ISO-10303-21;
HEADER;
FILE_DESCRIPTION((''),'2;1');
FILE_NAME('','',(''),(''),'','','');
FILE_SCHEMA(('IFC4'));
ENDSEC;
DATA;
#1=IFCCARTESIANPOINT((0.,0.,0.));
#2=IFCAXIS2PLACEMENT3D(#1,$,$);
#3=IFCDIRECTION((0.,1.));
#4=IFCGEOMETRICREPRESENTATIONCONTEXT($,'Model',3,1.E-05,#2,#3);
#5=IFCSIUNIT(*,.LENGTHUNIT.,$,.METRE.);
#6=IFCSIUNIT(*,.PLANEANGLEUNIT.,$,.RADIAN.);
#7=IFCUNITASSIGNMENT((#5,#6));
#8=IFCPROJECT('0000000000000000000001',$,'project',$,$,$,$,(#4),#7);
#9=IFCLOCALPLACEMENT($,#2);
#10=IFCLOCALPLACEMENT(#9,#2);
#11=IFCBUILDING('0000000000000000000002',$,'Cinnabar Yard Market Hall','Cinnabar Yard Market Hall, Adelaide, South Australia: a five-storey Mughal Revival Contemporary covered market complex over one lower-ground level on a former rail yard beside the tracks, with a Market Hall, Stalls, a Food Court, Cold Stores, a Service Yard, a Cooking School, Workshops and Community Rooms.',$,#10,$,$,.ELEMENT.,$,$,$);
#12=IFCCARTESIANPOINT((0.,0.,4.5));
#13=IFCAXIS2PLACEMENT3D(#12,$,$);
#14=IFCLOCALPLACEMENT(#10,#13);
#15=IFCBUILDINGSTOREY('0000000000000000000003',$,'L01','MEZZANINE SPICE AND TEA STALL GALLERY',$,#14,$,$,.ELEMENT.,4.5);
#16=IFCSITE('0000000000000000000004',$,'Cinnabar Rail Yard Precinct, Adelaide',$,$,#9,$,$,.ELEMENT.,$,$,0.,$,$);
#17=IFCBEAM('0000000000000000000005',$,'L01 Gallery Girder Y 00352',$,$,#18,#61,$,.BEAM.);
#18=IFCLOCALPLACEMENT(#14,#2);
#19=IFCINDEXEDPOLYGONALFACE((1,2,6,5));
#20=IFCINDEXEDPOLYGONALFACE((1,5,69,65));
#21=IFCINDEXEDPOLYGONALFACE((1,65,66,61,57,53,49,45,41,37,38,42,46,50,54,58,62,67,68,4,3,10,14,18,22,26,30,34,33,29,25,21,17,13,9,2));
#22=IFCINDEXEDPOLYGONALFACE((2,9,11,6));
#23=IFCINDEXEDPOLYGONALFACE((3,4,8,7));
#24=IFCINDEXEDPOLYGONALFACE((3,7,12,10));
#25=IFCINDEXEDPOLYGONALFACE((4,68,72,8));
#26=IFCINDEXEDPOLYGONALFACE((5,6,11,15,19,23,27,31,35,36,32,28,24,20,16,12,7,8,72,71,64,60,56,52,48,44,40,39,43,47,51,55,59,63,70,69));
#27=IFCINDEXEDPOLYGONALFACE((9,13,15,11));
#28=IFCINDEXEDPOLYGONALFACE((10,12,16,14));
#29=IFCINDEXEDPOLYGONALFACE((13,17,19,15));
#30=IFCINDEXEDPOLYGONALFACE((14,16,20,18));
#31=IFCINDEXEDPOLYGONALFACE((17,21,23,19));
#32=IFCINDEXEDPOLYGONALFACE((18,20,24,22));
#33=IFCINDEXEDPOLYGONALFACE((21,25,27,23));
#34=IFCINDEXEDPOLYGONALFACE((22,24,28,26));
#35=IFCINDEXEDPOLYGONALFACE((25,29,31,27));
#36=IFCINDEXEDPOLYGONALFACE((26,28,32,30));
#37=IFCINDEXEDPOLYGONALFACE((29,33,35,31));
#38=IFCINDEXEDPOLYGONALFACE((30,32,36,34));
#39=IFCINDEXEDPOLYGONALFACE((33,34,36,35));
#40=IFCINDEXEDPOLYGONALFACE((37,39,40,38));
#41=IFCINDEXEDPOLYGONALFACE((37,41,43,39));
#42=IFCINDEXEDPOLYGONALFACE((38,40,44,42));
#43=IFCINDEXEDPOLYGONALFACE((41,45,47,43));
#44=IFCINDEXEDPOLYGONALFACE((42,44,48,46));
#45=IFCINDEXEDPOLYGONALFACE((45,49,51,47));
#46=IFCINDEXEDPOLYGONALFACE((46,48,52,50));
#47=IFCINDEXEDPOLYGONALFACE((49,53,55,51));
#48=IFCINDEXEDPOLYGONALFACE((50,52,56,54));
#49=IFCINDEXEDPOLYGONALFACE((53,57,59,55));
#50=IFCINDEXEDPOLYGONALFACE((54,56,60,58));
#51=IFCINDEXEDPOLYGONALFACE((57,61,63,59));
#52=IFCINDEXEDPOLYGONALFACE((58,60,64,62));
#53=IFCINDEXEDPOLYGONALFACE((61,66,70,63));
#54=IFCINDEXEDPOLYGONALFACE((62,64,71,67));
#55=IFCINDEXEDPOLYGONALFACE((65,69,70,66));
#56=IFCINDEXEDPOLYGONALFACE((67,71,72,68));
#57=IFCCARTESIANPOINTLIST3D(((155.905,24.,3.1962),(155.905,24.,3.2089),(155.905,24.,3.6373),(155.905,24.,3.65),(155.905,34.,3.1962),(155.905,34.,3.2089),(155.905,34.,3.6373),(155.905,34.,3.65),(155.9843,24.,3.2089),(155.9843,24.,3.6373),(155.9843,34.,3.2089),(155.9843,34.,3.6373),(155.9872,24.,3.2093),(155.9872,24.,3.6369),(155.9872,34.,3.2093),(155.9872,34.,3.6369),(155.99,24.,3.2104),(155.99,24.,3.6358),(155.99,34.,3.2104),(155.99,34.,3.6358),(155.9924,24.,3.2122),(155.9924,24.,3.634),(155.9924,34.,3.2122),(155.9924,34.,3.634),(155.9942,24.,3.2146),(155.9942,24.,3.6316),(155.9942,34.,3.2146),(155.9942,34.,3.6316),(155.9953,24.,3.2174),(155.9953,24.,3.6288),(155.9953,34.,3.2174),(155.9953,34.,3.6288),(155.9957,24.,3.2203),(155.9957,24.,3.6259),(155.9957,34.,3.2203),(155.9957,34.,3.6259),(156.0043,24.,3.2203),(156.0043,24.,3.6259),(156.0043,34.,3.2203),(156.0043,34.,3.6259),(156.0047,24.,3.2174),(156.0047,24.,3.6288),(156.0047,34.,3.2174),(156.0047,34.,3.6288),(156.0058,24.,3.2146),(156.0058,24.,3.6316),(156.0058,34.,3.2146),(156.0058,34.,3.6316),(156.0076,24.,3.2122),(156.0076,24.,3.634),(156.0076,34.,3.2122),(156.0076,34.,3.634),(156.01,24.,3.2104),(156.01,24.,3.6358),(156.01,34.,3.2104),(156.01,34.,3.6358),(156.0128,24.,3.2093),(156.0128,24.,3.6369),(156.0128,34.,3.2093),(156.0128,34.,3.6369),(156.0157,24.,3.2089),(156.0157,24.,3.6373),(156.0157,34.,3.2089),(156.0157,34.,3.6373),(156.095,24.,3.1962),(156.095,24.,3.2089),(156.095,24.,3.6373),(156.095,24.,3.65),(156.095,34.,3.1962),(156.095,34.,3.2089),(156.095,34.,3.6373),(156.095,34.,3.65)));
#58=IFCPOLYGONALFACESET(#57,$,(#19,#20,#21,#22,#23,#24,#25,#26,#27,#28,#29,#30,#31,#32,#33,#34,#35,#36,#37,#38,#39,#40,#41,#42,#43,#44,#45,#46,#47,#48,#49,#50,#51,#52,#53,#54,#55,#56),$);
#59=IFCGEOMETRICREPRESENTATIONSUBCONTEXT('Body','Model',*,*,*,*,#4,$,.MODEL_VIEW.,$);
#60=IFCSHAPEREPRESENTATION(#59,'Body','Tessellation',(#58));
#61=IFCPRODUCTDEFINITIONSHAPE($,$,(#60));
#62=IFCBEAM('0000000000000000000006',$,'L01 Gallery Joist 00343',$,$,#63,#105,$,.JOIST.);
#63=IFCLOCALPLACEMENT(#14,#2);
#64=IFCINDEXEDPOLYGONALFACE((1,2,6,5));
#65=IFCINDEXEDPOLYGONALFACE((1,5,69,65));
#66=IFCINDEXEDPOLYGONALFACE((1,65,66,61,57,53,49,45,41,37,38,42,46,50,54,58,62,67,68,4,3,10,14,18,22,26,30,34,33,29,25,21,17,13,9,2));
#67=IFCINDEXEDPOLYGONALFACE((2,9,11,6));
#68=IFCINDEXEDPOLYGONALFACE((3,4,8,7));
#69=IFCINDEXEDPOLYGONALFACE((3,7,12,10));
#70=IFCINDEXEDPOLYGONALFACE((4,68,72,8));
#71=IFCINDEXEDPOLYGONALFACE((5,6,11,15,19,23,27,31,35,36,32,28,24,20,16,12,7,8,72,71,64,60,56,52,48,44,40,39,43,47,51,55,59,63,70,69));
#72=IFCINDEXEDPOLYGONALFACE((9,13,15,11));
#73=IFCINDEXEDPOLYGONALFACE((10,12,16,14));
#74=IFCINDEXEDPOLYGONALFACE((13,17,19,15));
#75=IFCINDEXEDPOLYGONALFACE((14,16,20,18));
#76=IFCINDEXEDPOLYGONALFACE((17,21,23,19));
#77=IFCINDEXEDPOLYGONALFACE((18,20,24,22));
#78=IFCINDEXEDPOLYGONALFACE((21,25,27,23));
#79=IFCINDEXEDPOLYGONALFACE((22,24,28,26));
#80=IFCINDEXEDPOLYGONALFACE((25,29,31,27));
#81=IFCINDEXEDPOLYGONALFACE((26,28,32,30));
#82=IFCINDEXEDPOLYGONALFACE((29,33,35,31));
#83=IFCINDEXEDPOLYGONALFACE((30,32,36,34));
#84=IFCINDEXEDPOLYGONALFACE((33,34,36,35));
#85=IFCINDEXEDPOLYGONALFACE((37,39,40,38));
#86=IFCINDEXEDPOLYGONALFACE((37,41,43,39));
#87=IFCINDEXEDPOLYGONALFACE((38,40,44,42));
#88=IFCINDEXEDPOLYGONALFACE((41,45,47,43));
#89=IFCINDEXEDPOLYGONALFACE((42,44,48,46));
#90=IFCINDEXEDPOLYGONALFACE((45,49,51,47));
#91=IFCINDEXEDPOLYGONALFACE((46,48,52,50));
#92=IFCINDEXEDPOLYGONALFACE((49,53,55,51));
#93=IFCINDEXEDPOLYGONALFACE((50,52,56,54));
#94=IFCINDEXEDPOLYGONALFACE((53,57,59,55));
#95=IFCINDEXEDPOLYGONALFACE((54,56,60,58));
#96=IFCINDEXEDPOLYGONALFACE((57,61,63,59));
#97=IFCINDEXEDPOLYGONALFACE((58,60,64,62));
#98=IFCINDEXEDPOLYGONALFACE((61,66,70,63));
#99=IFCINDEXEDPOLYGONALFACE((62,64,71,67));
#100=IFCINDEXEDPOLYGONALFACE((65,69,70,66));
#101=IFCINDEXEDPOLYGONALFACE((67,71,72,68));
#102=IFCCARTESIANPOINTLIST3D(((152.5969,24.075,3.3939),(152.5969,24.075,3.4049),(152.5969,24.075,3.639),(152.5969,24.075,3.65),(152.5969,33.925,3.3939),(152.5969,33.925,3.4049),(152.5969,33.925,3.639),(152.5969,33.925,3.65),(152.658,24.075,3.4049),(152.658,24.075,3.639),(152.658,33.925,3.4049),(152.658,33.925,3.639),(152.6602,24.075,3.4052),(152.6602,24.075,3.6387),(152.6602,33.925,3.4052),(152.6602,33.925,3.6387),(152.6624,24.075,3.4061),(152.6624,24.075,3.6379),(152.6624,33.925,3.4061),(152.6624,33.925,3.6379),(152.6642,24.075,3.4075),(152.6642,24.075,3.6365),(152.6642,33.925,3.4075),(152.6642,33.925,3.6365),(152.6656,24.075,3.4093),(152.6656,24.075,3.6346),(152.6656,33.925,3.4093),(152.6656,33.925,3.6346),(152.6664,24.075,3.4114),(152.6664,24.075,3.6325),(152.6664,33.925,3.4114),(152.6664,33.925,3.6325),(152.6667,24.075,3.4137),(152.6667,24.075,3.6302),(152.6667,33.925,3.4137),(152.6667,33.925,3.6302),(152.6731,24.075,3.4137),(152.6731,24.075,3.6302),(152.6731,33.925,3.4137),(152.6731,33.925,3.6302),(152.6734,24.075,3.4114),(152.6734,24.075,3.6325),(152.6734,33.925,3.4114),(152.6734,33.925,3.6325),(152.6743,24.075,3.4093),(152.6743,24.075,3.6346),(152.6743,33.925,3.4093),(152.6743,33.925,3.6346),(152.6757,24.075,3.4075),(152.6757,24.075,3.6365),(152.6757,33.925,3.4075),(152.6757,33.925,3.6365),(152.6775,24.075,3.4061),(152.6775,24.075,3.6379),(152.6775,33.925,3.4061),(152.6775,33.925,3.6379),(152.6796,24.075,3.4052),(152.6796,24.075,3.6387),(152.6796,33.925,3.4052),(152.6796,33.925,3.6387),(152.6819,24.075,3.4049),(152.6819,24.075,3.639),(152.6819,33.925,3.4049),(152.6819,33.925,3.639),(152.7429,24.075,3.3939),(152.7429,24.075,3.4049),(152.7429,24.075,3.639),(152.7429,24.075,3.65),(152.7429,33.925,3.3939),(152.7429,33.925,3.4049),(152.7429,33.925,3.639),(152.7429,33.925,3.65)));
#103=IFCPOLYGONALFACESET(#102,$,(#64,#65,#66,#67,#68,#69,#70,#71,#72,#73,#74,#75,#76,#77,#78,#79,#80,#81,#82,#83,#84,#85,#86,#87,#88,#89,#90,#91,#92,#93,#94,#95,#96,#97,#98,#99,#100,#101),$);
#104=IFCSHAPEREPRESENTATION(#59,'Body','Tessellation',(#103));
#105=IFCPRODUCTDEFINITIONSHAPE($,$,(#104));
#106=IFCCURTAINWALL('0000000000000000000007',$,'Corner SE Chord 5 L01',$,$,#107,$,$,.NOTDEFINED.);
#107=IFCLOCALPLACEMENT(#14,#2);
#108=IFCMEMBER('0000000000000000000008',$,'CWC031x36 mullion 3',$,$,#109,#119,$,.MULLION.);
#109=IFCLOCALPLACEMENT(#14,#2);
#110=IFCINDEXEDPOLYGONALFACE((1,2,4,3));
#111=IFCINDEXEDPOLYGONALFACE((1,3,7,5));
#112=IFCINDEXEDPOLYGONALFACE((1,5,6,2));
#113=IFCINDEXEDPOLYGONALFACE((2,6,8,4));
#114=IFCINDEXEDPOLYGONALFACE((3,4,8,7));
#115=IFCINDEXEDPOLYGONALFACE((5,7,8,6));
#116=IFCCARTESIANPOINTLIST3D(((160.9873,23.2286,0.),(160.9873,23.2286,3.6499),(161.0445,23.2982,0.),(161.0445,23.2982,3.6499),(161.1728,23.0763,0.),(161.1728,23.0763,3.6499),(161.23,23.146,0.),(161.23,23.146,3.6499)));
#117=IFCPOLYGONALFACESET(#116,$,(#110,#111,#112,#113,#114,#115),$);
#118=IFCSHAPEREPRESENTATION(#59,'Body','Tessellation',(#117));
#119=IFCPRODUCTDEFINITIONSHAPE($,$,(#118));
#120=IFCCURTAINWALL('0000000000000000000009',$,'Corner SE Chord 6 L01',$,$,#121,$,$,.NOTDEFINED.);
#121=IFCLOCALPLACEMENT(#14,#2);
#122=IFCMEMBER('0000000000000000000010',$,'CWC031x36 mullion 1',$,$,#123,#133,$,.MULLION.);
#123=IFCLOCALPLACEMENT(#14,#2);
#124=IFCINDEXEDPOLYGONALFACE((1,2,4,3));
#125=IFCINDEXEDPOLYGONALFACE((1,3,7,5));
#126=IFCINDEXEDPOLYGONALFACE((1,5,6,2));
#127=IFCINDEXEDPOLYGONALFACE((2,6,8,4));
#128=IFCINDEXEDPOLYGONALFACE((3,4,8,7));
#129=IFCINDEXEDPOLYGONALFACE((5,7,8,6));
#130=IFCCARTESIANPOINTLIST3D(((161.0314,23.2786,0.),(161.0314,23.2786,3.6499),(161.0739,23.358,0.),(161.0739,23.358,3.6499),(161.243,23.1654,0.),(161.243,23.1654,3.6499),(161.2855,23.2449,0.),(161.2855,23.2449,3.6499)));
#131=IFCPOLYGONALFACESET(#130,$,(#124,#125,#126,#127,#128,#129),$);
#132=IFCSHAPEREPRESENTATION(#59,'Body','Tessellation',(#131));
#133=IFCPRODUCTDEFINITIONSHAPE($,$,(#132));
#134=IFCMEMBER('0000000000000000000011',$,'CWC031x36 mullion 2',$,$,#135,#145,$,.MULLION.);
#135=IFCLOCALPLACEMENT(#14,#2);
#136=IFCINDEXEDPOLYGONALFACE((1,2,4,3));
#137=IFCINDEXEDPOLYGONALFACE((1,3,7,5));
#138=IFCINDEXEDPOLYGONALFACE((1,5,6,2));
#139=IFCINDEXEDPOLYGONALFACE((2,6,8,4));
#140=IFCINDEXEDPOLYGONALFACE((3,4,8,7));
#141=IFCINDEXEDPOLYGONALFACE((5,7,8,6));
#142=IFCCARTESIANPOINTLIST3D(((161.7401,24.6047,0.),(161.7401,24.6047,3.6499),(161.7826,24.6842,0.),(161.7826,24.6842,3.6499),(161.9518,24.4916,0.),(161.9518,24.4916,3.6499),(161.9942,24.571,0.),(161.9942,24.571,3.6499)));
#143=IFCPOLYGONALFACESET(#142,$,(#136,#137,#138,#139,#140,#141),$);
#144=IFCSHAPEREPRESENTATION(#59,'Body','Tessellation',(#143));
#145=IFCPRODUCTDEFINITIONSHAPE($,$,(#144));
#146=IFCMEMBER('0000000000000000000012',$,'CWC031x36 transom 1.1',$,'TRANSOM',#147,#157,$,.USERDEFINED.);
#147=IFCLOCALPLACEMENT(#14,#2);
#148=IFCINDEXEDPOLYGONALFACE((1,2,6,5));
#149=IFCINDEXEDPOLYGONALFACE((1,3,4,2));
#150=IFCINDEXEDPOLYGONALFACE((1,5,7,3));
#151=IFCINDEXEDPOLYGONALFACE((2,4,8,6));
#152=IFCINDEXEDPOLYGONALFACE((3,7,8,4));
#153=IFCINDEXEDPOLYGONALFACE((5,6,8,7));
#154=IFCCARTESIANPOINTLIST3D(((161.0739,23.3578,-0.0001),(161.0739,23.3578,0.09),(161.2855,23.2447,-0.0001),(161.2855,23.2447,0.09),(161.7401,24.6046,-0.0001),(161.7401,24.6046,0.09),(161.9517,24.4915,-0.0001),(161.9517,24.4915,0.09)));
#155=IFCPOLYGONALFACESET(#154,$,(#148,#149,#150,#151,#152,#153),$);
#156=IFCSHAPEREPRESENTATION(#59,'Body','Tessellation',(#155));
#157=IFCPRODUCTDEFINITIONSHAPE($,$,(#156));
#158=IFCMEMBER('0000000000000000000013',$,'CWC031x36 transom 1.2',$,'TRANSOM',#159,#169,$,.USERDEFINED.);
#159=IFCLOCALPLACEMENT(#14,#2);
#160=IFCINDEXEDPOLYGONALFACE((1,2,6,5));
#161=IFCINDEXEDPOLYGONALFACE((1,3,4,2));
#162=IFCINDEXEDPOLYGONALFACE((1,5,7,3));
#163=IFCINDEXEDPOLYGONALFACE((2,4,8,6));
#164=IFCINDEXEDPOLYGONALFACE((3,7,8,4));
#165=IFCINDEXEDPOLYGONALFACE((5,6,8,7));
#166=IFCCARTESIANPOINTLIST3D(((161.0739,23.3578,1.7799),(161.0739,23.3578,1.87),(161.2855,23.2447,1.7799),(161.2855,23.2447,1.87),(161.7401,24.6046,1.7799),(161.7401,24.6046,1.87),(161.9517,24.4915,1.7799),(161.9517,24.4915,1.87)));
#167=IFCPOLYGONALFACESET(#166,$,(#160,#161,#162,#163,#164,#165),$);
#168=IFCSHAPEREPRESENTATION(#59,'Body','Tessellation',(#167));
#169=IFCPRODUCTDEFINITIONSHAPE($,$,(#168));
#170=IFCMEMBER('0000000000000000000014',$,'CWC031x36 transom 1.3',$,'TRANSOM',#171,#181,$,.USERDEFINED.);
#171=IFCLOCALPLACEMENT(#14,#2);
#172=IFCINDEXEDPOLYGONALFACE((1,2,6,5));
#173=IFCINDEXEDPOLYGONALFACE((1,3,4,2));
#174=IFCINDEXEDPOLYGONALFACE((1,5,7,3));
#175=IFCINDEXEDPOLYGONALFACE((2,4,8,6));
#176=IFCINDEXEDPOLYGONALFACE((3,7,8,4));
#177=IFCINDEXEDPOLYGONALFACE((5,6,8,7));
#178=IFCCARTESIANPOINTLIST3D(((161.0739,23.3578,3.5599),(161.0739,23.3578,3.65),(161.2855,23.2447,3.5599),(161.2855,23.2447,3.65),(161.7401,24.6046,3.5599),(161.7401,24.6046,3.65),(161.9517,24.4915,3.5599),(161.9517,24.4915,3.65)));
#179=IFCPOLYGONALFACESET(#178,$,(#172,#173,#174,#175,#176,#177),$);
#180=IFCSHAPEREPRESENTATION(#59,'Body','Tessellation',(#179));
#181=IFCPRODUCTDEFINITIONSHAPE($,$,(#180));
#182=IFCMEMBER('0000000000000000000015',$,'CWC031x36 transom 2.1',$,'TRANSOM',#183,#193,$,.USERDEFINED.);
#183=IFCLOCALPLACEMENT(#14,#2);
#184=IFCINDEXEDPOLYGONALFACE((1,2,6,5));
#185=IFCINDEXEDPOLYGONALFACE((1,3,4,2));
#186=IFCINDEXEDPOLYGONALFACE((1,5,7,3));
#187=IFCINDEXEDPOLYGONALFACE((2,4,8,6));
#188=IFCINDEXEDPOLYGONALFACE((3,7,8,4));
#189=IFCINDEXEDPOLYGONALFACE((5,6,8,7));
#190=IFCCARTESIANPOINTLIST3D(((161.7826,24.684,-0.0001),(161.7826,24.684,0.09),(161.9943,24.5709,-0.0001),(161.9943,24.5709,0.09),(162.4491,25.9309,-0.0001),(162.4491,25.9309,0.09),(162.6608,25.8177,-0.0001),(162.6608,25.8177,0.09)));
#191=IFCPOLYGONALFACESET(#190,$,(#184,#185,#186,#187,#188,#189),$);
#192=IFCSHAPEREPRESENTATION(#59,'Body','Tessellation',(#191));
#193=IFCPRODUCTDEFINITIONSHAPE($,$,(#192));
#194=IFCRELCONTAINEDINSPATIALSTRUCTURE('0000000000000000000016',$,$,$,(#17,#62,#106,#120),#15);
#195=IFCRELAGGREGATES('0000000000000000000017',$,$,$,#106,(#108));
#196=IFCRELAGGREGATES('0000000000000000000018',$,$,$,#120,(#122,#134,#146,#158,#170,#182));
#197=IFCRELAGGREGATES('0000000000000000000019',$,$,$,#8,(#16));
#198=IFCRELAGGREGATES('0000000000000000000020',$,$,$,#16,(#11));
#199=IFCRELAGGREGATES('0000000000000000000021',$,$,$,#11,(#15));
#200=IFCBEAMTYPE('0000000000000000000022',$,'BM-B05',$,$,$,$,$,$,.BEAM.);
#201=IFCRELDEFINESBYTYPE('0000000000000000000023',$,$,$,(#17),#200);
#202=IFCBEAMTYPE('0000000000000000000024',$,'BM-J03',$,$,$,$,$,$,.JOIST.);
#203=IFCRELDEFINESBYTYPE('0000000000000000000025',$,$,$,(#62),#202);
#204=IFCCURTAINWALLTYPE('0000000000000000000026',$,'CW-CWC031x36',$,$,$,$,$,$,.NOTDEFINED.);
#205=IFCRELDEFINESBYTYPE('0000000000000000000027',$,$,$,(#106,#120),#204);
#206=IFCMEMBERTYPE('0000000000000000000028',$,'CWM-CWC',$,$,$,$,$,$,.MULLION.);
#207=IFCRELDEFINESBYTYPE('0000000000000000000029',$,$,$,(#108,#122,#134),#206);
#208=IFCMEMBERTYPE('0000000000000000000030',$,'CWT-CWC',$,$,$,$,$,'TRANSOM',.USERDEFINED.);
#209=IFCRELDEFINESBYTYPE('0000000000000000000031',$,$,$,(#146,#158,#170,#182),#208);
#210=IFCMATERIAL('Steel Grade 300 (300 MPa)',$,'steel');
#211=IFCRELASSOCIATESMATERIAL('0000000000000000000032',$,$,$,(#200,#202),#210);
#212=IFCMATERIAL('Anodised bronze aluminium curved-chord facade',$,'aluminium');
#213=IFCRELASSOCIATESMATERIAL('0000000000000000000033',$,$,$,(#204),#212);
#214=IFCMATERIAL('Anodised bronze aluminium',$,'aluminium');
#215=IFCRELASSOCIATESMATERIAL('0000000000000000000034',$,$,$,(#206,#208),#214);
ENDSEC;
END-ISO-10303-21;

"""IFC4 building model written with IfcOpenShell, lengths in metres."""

from ifc_helpers import new_model, si_unit, direction, frame, origin, origin_2d_with_axis, place, context, subcontext, project, spatial, rectangle, i_section, extrude, material, material_profile, profile_set, type_object, element, aggregate, save


model = new_model("IFC4")

# Units and contexts
model_context = context("Model", 3, precision=1e-05, world=origin(), true_north=direction((0.0, 1.0)))
body_context = subcontext(model_context, "Body", "Model", "MODEL_VIEW")
ifc_project = project(units=[si_unit("LENGTHUNIT", "METRE"), si_unit("PLANEANGLEUNIT", "RADIAN")], contexts=[model_context])

# Site, building, storey
site_placement = place(None, origin())
site = spatial("IfcSite", under=ifc_project, at=site_placement, Name="Cinnabar Rail Yard Precinct, Adelaide", CompositionType="ELEMENT", RefElevation=0.0)
building_placement = place(site_placement, origin())
building = spatial("IfcBuilding", under=site, at=building_placement, Name="Cinnabar Yard Market Hall", Description="Cinnabar Yard Market Hall, Adelaide, South Australia: a five-storey Mughal Revival Contemporary covered market complex over one lower-ground level on a former rail yard beside the tracks, with a Market Hall, Stalls, a Food Court, Cold Stores, a Service Yard, a Cooking School, Workshops and Community Rooms.", CompositionType="ELEMENT")
storey_placement = place(building_placement, frame((0.0, 0.0, 4.5)))
storey = spatial("IfcBuildingStorey", under=building, at=storey_placement, Name="L01", Description="MEZZANINE SPICE AND TEA STALL GALLERY", CompositionType="ELEMENT", Elevation=4.5)

# Beams
ifc_material_1 = material(Name="Steel Grade 300 (300 MPa)", Category="steel")
ifc_material_profile_1 = material_profile(ifc_material_1, i_section(OverallWidth=0.1899, OverallDepth=0.4539, WebThickness=0.0085, FlangeThickness=0.0127, FilletRadius=0.0115, at=origin_2d_with_axis()), Name="460UB67.1")
ifc_profile_set_1 = profile_set([ifc_material_profile_1], Name="Steel Grade 300 (300 MPa)")
beam_type_1 = type_object("IfcBeamType", Name="BM-B05", PredefinedType="BEAM", material=ifc_profile_set_1)
beam_1_placement = place(storey_placement, frame((156.0, 24.0, 3.4231), z_axis=(0.0, 1.0, 0.0), x_axis=(-1.0, 0.0, 0.0)))
element("IfcBeam", 1, at=beam_1_placement, inside=storey, type_object=beam_type_1, Name="L01 Gallery Girder Y 00352", PredefinedType="BEAM", context=body_context, shape_type="SweptSolid", body=[
    extrude(i_section(OverallWidth=0.1899, OverallDepth=0.4539, WebThickness=0.0085, FlangeThickness=0.0127, FilletRadius=0.0115, at=origin_2d_with_axis()), origin(), (0.0, 0.0, 1.0), 10.0),
])
ifc_material_profile_2 = material_profile(ifc_material_1, i_section(OverallWidth=0.146, OverallDepth=0.2561, WebThickness=0.0063, FlangeThickness=0.011, FilletRadius=0.0088, at=origin_2d_with_axis()), Name="250UB37.3")
ifc_profile_set_2 = profile_set([ifc_material_profile_2], Name="Steel Grade 300 (300 MPa)")
beam_type_2 = type_object("IfcBeamType", Name="BM-J03", PredefinedType="JOIST", material=ifc_profile_set_2)
beam_2_placement = place(storey_placement, frame((152.6699, 24.075, 3.522), z_axis=(0.0, 1.0, 0.0), x_axis=(-1.0, 0.0, 0.0)))
element("IfcBeam", 2, at=beam_2_placement, inside=storey, type_object=beam_type_2, Name="L01 Gallery Joist 00343", PredefinedType="JOIST", context=body_context, shape_type="SweptSolid", body=[
    extrude(i_section(OverallWidth=0.146, OverallDepth=0.2561, WebThickness=0.0063, FlangeThickness=0.011, FilletRadius=0.0088, at=origin_2d_with_axis()), origin(), (0.0, 0.0, 1.0), 9.8501),
])

# Curtain wall, member
ifc_material_2 = material(Name="Anodised bronze aluminium curved-chord facade", Category="aluminium")
curtain_wall_type = type_object("IfcCurtainWallType", Name="CW-CWC031x36", PredefinedType="NOTDEFINED", material=ifc_material_2)
curtain_wall_1_placement = place(storey_placement, origin())
curtain_wall_1 = element("IfcCurtainWall", 3, at=curtain_wall_1_placement, inside=storey, type_object=curtain_wall_type, Name="Corner SE Chord 5 L01", PredefinedType="NOTDEFINED")
ifc_material_3 = material(Name="Anodised bronze aluminium", Category="aluminium")
ifc_material_profile_3 = material_profile(ifc_material_3, rectangle(XDim=0.24, YDim=0.0901, at=origin_2d_with_axis()), Name="MUL-CWC")
ifc_profile_set_3 = profile_set([ifc_material_profile_3], Name="Anodised bronze aluminium")
member_type_1 = type_object("IfcMemberType", Name="CWM-CWC", PredefinedType="MULLION", material=ifc_profile_set_3)
member_1_placement = place(storey_placement, frame((161.1086, 23.1873, 0.0), z_axis=(0.0, 0.0, 1.0), x_axis=(-0.773019, 0.634383, 0.0)))
member_1 = element("IfcMember", 4, at=member_1_placement, type_object=member_type_1, Name="CWC031x36 mullion 3", PredefinedType="MULLION", context=body_context, shape_type="SweptSolid", body=[
    extrude(rectangle(XDim=0.24, YDim=0.0901, at=origin_2d_with_axis()), origin(), (0.0, 0.0, 1.0), 3.6499),
])

# Curtain wall, members
curtain_wall_2_placement = place(storey_placement, origin())
curtain_wall_2 = element("IfcCurtainWall", 5, at=curtain_wall_2_placement, inside=storey, type_object=curtain_wall_type, Name="Corner SE Chord 6 L01", PredefinedType="NOTDEFINED")
member_2_placement = place(storey_placement, frame((161.1584, 23.2617, 0.0), z_axis=(0.0, 0.0, 1.0), x_axis=(-0.881917, 0.471404, 0.0)))
member_2 = element("IfcMember", 6, at=member_2_placement, type_object=member_type_1, Name="CWC031x36 mullion 1", PredefinedType="MULLION", context=body_context, shape_type="SweptSolid", body=[
    extrude(rectangle(XDim=0.24, YDim=0.0901, at=origin_2d_with_axis()), origin(), (0.0, 0.0, 1.0), 3.6499),
])
member_3_placement = place(storey_placement, frame((161.8672, 24.5879, 0.0), z_axis=(0.0, 0.0, 1.0), x_axis=(-0.881917, 0.471404, 0.0)))
member_3 = element("IfcMember", 7, at=member_3_placement, type_object=member_type_1, Name="CWC031x36 mullion 2", PredefinedType="MULLION", context=body_context, shape_type="SweptSolid", body=[
    extrude(rectangle(XDim=0.24, YDim=0.0901, at=origin_2d_with_axis()), origin(), (0.0, 0.0, 1.0), 3.6499),
])
ifc_material_profile_4 = material_profile(ifc_material_3, rectangle(XDim=0.24, YDim=0.0901, at=origin_2d_with_axis()), Name="TRN-CWC")
ifc_profile_set_4 = profile_set([ifc_material_profile_4], Name="Anodised bronze aluminium")
member_type_2 = type_object("IfcMemberType", Name="CWT-CWC", ElementType="TRANSOM", PredefinedType="USERDEFINED", material=ifc_profile_set_4)
member_4_placement = place(storey_placement, frame((161.1797, 23.3013, 0.0449), z_axis=(0.471296, 0.881975, 0.0), x_axis=(-0.881975, 0.471296, 0.0)))
member_4 = element("IfcMember", 8, at=member_4_placement, type_object=member_type_2, Name="CWC031x36 transom 1.1", ObjectType="TRANSOM", PredefinedType="USERDEFINED", context=body_context, shape_type="SweptSolid", body=[
    extrude(rectangle(XDim=0.24, YDim=0.0901, at=origin_2d_with_axis()), origin(), (0.0, 0.0, 1.0), 1.4136),
])
member_5_placement = place(storey_placement, frame((161.1797, 23.3013, 1.825), z_axis=(0.471296, 0.881975, 0.0), x_axis=(-0.881975, 0.471296, 0.0)))
member_5 = element("IfcMember", 9, at=member_5_placement, type_object=member_type_2, Name="CWC031x36 transom 1.2", ObjectType="TRANSOM", PredefinedType="USERDEFINED", context=body_context, shape_type="SweptSolid", body=[
    extrude(rectangle(XDim=0.24, YDim=0.0901, at=origin_2d_with_axis()), origin(), (0.0, 0.0, 1.0), 1.4136),
])
member_6_placement = place(storey_placement, frame((161.1797, 23.3013, 3.605), z_axis=(0.471296, 0.881975, 0.0), x_axis=(-0.881975, 0.471296, 0.0)))
member_6 = element("IfcMember", 10, at=member_6_placement, type_object=member_type_2, Name="CWC031x36 transom 1.3", ObjectType="TRANSOM", PredefinedType="USERDEFINED", context=body_context, shape_type="SweptSolid", body=[
    extrude(rectangle(XDim=0.24, YDim=0.0901, at=origin_2d_with_axis()), origin(), (0.0, 0.0, 1.0), 1.4136),
])
member_7_placement = place(storey_placement, frame((161.8884, 24.6274, 0.0449), z_axis=(0.471431, 0.881903, 0.0), x_axis=(-0.881903, 0.471431, 0.0)))
member_7 = element("IfcMember", 11, at=member_7_placement, type_object=member_type_2, Name="CWC031x36 transom 2.1", ObjectType="TRANSOM", PredefinedType="USERDEFINED", context=body_context, shape_type="SweptSolid", body=[
    extrude(rectangle(XDim=0.24, YDim=0.0901, at=origin_2d_with_axis()), origin(), (0.0, 0.0, 1.0), 1.4138),
])

aggregate(curtain_wall_1, [member_1])
aggregate(curtain_wall_2, [member_2, member_3, member_4, member_5, member_6, member_7])

save(model, "model.ifc")
